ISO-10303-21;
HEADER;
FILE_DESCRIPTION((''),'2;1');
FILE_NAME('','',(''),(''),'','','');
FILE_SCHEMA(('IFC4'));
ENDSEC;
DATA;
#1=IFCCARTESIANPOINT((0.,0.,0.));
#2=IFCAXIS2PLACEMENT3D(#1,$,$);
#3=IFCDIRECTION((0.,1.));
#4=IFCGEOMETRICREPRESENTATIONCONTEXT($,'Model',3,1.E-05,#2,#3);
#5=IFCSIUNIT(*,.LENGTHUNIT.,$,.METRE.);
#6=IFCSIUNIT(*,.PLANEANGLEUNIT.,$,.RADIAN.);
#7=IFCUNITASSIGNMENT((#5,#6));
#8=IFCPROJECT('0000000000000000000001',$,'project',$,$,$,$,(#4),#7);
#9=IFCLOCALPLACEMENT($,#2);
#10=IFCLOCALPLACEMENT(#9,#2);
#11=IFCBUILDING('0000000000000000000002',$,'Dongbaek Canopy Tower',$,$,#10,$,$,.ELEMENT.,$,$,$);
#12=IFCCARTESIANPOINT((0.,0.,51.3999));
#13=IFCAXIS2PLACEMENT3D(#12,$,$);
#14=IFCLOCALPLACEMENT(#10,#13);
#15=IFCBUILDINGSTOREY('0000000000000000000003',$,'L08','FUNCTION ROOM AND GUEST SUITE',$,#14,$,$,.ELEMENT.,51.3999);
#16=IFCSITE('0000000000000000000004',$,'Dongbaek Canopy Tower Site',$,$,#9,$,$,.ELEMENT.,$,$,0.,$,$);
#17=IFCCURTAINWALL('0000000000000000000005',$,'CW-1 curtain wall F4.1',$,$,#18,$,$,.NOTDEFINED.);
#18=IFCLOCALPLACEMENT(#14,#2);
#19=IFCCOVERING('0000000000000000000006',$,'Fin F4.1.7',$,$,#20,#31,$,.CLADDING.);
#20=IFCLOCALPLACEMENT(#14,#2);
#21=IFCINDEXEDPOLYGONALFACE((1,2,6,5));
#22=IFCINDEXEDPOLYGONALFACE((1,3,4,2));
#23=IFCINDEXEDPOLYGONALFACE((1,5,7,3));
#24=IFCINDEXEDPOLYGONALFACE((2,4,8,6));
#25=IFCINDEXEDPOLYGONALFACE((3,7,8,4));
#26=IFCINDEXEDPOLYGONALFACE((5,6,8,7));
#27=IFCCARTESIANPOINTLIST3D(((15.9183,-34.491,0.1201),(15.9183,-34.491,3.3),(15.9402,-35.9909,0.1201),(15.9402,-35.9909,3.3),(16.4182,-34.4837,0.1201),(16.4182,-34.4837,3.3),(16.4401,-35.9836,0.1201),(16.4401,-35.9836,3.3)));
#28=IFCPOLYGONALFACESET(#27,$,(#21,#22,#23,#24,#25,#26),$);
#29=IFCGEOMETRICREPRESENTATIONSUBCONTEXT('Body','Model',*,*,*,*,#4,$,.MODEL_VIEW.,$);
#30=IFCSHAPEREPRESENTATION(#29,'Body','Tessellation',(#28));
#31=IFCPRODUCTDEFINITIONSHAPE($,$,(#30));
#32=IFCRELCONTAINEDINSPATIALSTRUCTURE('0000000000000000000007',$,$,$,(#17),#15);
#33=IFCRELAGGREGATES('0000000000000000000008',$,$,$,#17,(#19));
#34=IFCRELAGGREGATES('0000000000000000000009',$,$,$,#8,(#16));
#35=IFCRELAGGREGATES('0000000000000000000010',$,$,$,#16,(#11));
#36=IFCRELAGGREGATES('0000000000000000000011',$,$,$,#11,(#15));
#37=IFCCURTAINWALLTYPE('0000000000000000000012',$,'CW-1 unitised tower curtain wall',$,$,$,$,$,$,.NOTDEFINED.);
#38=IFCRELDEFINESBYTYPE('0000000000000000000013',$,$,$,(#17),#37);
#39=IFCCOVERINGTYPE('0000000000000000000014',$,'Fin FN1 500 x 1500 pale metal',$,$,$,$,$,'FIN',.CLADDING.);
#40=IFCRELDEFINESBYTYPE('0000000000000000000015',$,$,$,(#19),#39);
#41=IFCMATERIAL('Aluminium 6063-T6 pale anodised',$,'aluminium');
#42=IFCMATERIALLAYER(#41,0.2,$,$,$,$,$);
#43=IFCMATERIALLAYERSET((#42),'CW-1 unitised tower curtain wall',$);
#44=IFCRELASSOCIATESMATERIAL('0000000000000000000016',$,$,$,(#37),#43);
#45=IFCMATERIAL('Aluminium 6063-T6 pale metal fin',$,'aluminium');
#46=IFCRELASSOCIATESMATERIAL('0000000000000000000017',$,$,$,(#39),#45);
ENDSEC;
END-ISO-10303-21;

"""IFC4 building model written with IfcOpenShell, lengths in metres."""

from ifc_helpers import new_model, si_unit, direction, frame, origin, origin_2d, place, context, subcontext, project, spatial, rectangle, extrude, material, layer, layer_set, material_profile, profile_set, type_object, element, aggregate, save


model = new_model("IFC4")

# Units and contexts
model_context = context("Model", 3, precision=1e-05, world=origin(), true_north=direction((0.0, 1.0)))
body_context = subcontext(model_context, "Body", "Model", "MODEL_VIEW")
ifc_project = project(units=[si_unit("LENGTHUNIT", "METRE"), si_unit("PLANEANGLEUNIT", "RADIAN")], contexts=[model_context])

# Site, building, storey
site_placement = place(None, origin())
site = spatial("IfcSite", under=ifc_project, at=site_placement, Name="Dongbaek Canopy Tower Site", CompositionType="ELEMENT", RefElevation=0.0)
building_placement = place(site_placement, origin())
building = spatial("IfcBuilding", under=site, at=building_placement, Name="Dongbaek Canopy Tower", CompositionType="ELEMENT")
storey_placement = place(building_placement, frame((0.0, 0.0, 51.3999)))
storey = spatial("IfcBuildingStorey", under=building, at=storey_placement, Name="L08", Description="FUNCTION ROOM AND GUEST SUITE", CompositionType="ELEMENT", Elevation=51.3999)

# Curtain wall
ifc_material_1 = material(Name="Aluminium 6063-T6 pale anodised", Category="aluminium")
ifc_layer_1 = layer(ifc_material_1, 0.2)
ifc_layer_set_1 = layer_set([ifc_layer_1], Name="CW-1 unitised tower curtain wall")
curtain_wall_type = type_object("IfcCurtainWallType", Name="CW-1 unitised tower curtain wall", PredefinedType="NOTDEFINED", material=ifc_layer_set_1)
curtain_wall_1_placement = place(storey_placement, origin())
curtain_wall_1 = element("IfcCurtainWall", 1, at=curtain_wall_1_placement, inside=storey, type_object=curtain_wall_type, Name="CW-1 curtain wall F4.1", PredefinedType="NOTDEFINED")

# Covering
ifc_material_2 = material(Name="Aluminium 6063-T6 pale metal fin", Category="aluminium")
ifc_material_profile_1 = material_profile(ifc_material_2, rectangle(XDim=1.5, YDim=0.5, at=origin_2d()), Name="Fin FN1 500 x 1500 pale metal")
ifc_profile_set_1 = profile_set([ifc_material_profile_1], Name="Aluminium 6063-T6 pale metal fin")
covering_type = type_object("IfcCoveringType", Name="Fin FN1 500 x 1500 pale metal", ElementType="FIN", PredefinedType="CLADDING", material=ifc_profile_set_1)
covering_1_placement = place(storey_placement, frame((16.1792, -35.2373, 0.1201), z_axis=(0.0, 0.0, 1.0), x_axis=(0.014619, -0.999893, 0.0)))
covering_1 = element("IfcCovering", 2, at=covering_1_placement, type_object=covering_type, Name="Fin F4.1.7", PredefinedType="CLADDING", context=body_context, shape_type="SweptSolid", body=[
    extrude(rectangle(XDim=1.5, YDim=0.5, at=origin_2d()), origin(), (0.0, 0.0, 1.0), 3.1799),
])
aggregate(curtain_wall_1, [covering_1])

save(model, "model.ifc")
